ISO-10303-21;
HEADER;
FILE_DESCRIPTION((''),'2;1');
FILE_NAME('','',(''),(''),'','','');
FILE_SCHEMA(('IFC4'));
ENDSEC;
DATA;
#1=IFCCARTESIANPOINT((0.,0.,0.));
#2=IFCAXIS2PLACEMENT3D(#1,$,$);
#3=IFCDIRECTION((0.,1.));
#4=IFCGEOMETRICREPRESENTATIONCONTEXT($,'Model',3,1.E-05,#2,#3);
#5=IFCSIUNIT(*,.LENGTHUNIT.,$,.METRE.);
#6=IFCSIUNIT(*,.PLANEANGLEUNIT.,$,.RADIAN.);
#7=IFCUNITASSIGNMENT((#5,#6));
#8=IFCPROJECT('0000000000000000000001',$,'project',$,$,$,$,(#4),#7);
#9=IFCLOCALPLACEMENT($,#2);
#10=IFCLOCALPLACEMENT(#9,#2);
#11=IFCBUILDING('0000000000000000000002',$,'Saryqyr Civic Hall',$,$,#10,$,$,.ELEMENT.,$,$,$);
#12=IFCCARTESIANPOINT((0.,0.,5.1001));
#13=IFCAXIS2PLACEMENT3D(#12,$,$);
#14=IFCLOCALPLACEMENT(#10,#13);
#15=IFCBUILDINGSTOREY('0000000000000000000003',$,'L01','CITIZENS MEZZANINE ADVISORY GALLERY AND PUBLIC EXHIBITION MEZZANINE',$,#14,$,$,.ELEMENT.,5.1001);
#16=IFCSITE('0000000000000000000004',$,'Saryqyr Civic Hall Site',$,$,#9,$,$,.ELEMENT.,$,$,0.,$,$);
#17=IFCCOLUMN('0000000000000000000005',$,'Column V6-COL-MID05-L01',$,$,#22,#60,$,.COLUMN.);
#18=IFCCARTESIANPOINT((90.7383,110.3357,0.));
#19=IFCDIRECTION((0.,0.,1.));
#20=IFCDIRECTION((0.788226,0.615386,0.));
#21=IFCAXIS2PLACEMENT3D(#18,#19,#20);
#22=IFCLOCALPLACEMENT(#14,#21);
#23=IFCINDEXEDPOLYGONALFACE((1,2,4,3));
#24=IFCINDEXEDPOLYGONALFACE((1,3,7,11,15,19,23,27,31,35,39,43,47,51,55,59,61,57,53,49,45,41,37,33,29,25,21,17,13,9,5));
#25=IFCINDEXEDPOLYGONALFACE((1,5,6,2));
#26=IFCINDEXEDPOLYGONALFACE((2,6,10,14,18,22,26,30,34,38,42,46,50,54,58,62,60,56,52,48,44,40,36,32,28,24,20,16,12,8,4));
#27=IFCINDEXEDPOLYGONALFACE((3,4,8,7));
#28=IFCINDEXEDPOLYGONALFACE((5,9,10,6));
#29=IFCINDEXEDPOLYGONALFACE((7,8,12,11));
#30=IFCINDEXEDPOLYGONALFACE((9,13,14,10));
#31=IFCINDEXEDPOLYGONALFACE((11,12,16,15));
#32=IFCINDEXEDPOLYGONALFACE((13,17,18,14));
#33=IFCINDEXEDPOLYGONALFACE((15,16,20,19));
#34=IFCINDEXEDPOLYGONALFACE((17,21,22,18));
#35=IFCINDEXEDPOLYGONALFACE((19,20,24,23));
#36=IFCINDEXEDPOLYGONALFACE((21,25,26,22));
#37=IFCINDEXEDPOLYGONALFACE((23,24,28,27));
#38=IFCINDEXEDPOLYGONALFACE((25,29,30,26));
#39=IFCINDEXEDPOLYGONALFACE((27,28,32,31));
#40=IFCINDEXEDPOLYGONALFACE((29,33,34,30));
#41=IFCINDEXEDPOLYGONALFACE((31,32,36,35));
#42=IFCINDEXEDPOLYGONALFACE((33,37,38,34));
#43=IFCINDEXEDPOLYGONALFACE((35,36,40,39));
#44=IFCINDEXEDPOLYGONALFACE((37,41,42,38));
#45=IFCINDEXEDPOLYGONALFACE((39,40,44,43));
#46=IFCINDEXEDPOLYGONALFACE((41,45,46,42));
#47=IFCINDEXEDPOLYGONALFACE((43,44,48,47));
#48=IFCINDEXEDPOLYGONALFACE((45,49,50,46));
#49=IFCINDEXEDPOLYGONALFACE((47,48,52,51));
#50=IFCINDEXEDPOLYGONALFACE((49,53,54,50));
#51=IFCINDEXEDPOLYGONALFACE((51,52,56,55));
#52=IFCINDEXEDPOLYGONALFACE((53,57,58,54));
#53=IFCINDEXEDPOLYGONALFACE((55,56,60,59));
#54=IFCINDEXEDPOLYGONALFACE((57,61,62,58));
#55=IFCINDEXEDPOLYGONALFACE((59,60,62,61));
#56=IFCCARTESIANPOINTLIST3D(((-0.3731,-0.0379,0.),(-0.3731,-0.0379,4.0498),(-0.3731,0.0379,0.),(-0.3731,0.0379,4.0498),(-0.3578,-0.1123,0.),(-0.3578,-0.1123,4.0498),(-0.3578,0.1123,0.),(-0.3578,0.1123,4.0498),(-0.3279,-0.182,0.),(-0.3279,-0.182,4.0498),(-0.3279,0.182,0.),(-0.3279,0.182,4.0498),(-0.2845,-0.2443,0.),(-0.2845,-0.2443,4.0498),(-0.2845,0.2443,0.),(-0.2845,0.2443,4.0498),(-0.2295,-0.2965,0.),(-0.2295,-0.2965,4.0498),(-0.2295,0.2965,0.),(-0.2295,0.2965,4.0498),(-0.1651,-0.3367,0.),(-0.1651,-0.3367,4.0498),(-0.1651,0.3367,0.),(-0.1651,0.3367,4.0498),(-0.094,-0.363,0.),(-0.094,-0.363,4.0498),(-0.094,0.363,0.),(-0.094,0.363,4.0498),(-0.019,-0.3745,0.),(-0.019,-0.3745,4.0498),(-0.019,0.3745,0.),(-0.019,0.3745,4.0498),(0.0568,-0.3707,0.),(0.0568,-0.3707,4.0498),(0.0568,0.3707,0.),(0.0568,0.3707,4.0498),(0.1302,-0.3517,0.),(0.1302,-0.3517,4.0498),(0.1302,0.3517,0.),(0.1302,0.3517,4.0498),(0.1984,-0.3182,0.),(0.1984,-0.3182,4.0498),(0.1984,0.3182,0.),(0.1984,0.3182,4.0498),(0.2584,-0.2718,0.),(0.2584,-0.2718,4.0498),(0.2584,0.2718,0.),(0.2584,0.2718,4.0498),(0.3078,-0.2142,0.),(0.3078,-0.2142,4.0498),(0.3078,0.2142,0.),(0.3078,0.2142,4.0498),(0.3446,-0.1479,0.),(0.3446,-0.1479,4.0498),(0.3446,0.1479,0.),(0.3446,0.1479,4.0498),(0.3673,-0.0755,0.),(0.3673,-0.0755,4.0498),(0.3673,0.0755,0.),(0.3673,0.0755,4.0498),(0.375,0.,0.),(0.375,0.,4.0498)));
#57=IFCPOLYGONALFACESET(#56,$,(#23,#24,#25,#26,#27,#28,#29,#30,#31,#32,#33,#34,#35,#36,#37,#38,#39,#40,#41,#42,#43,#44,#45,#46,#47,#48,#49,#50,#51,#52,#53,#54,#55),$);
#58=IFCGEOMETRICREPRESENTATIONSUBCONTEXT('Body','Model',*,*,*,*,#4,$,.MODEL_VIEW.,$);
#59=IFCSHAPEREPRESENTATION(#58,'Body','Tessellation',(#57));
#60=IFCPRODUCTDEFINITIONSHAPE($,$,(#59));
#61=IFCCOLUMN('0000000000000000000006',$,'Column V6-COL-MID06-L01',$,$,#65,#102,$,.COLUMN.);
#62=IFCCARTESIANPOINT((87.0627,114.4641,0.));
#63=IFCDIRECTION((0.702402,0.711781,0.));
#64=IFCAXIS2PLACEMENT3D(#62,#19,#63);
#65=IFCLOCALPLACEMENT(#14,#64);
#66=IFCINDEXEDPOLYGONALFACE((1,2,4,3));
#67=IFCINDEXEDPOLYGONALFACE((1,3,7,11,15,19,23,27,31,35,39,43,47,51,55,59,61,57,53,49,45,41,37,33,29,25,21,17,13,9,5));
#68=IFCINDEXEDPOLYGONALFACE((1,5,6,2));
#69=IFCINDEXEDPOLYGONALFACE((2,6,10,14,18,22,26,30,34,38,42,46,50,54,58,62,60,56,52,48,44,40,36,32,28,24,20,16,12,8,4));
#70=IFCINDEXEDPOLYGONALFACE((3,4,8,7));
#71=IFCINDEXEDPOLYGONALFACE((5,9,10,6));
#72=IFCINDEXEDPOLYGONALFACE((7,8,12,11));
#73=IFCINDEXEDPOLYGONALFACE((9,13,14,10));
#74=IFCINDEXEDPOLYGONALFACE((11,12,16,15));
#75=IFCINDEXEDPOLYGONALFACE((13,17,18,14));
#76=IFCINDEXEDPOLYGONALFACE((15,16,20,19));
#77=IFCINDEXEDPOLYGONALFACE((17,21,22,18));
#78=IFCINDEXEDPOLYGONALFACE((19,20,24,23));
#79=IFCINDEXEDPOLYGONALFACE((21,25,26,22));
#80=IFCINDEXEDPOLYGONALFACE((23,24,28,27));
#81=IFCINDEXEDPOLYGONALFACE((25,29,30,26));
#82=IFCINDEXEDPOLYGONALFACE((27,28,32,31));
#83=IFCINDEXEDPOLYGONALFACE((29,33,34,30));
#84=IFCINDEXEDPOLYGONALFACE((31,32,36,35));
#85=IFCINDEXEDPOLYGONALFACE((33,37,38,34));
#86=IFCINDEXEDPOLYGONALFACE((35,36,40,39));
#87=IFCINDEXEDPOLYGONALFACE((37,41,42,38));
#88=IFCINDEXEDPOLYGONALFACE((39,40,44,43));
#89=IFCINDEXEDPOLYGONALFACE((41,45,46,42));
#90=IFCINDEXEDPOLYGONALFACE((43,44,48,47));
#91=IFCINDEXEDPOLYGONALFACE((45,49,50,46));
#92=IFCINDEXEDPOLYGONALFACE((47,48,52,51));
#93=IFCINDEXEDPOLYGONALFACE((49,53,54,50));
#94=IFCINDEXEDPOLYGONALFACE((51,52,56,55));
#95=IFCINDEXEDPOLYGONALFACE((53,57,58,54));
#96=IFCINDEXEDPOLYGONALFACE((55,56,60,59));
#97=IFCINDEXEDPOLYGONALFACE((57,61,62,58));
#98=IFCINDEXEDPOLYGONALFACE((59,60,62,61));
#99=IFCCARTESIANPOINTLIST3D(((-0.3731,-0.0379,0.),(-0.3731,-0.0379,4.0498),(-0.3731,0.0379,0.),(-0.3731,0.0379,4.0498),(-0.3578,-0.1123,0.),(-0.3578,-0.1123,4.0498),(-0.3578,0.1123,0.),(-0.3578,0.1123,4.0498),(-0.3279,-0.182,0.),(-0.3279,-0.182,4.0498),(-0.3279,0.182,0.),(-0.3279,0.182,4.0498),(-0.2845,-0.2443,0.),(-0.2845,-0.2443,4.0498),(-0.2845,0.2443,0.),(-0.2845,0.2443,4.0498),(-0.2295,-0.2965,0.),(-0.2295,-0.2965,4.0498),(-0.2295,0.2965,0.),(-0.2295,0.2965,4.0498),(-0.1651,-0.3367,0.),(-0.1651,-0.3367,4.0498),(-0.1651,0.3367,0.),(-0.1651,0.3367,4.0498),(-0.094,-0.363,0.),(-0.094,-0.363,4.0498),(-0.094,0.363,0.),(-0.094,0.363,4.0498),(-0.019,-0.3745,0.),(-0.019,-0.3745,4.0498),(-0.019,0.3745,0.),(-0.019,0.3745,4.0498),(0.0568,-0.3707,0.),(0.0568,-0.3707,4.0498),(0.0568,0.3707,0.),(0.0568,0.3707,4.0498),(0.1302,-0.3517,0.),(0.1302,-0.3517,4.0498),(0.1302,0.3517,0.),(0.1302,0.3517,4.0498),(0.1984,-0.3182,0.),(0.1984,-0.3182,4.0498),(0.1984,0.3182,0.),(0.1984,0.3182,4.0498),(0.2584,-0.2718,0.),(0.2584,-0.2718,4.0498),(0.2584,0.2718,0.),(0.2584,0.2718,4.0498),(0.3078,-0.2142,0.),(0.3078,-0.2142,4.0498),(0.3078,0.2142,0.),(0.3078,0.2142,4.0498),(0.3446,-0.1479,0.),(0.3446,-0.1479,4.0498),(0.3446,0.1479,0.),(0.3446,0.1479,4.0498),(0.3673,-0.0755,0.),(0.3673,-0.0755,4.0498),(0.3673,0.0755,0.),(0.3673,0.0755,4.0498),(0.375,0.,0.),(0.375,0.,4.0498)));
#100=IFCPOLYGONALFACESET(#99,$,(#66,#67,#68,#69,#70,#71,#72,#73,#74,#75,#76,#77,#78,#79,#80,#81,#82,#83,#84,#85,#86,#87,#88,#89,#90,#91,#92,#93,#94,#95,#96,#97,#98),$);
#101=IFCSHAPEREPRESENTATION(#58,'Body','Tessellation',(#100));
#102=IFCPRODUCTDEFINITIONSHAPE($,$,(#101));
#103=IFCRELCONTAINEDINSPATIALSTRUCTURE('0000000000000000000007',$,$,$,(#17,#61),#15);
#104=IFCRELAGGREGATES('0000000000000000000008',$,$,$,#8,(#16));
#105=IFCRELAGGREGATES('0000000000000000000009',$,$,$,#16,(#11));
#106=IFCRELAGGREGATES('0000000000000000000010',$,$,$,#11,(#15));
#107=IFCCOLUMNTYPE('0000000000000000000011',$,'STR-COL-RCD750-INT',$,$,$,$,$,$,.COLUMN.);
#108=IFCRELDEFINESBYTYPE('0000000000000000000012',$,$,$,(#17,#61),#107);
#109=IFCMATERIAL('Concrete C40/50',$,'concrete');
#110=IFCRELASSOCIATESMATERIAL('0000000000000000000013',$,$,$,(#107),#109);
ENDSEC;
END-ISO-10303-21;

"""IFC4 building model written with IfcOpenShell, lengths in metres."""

from ifc_helpers import new_model, si_unit, direction, frame, origin, origin_2d, place, context, subcontext, project, spatial, circle, extrude, material, material_profile, profile_set, type_object, element, save


model = new_model("IFC4")

# Units and contexts
model_context = context("Model", 3, precision=1e-05, world=origin(), true_north=direction((0.0, 1.0)))
body_context = subcontext(model_context, "Body", "Model", "MODEL_VIEW")
ifc_project = project(units=[si_unit("LENGTHUNIT", "METRE"), si_unit("PLANEANGLEUNIT", "RADIAN")], contexts=[model_context])

# Site, building, storey
site_placement = place(None, origin())
site = spatial("IfcSite", under=ifc_project, at=site_placement, Name="Saryqyr Civic Hall Site", CompositionType="ELEMENT", RefElevation=0.0)
building_placement = place(site_placement, origin())
building = spatial("IfcBuilding", under=site, at=building_placement, Name="Saryqyr Civic Hall", CompositionType="ELEMENT")
storey_placement = place(building_placement, frame((0.0, 0.0, 5.1001)))
storey = spatial("IfcBuildingStorey", under=building, at=storey_placement, Name="L01", Description="CITIZENS MEZZANINE ADVISORY GALLERY AND PUBLIC EXHIBITION MEZZANINE", CompositionType="ELEMENT", Elevation=5.1001)

# Columns
ifc_material_1 = material(Name="Concrete C40/50", Category="concrete")
ifc_material_profile_1 = material_profile(ifc_material_1, circle(Radius=0.375, at=origin_2d()), Name="RC D750")
ifc_profile_set_1 = profile_set([ifc_material_profile_1], Name="Concrete C40/50")
column_type_1 = type_object("IfcColumnType", Name="STR-COL-RCD750-INT", PredefinedType="COLUMN", material=ifc_profile_set_1)
for number, where, z_axis, x_axis, name in (
    (1, (90.7383, 110.3357, 0.0), (0.0, 0.0, 1.0), (0.788226, 0.615386, 0.0), "Column V6-COL-MID05-L01"),
    (2, (87.0627, 114.4641, 0.0), (0.0, 0.0, 1.0), (0.702402, 0.711781, 0.0), "Column V6-COL-MID06-L01"),
):
    element("IfcColumn", number, at=place(storey_placement, frame(where, z_axis=z_axis, x_axis=x_axis)), inside=storey, type_object=column_type_1, Name=name, PredefinedType="COLUMN", context=body_context, shape_type="SweptSolid", body=[
        extrude(circle(Radius=0.375, at=origin_2d()), origin(), (0.0, 0.0, 1.0), 4.0498),
    ])

save(model, "model.ifc")
